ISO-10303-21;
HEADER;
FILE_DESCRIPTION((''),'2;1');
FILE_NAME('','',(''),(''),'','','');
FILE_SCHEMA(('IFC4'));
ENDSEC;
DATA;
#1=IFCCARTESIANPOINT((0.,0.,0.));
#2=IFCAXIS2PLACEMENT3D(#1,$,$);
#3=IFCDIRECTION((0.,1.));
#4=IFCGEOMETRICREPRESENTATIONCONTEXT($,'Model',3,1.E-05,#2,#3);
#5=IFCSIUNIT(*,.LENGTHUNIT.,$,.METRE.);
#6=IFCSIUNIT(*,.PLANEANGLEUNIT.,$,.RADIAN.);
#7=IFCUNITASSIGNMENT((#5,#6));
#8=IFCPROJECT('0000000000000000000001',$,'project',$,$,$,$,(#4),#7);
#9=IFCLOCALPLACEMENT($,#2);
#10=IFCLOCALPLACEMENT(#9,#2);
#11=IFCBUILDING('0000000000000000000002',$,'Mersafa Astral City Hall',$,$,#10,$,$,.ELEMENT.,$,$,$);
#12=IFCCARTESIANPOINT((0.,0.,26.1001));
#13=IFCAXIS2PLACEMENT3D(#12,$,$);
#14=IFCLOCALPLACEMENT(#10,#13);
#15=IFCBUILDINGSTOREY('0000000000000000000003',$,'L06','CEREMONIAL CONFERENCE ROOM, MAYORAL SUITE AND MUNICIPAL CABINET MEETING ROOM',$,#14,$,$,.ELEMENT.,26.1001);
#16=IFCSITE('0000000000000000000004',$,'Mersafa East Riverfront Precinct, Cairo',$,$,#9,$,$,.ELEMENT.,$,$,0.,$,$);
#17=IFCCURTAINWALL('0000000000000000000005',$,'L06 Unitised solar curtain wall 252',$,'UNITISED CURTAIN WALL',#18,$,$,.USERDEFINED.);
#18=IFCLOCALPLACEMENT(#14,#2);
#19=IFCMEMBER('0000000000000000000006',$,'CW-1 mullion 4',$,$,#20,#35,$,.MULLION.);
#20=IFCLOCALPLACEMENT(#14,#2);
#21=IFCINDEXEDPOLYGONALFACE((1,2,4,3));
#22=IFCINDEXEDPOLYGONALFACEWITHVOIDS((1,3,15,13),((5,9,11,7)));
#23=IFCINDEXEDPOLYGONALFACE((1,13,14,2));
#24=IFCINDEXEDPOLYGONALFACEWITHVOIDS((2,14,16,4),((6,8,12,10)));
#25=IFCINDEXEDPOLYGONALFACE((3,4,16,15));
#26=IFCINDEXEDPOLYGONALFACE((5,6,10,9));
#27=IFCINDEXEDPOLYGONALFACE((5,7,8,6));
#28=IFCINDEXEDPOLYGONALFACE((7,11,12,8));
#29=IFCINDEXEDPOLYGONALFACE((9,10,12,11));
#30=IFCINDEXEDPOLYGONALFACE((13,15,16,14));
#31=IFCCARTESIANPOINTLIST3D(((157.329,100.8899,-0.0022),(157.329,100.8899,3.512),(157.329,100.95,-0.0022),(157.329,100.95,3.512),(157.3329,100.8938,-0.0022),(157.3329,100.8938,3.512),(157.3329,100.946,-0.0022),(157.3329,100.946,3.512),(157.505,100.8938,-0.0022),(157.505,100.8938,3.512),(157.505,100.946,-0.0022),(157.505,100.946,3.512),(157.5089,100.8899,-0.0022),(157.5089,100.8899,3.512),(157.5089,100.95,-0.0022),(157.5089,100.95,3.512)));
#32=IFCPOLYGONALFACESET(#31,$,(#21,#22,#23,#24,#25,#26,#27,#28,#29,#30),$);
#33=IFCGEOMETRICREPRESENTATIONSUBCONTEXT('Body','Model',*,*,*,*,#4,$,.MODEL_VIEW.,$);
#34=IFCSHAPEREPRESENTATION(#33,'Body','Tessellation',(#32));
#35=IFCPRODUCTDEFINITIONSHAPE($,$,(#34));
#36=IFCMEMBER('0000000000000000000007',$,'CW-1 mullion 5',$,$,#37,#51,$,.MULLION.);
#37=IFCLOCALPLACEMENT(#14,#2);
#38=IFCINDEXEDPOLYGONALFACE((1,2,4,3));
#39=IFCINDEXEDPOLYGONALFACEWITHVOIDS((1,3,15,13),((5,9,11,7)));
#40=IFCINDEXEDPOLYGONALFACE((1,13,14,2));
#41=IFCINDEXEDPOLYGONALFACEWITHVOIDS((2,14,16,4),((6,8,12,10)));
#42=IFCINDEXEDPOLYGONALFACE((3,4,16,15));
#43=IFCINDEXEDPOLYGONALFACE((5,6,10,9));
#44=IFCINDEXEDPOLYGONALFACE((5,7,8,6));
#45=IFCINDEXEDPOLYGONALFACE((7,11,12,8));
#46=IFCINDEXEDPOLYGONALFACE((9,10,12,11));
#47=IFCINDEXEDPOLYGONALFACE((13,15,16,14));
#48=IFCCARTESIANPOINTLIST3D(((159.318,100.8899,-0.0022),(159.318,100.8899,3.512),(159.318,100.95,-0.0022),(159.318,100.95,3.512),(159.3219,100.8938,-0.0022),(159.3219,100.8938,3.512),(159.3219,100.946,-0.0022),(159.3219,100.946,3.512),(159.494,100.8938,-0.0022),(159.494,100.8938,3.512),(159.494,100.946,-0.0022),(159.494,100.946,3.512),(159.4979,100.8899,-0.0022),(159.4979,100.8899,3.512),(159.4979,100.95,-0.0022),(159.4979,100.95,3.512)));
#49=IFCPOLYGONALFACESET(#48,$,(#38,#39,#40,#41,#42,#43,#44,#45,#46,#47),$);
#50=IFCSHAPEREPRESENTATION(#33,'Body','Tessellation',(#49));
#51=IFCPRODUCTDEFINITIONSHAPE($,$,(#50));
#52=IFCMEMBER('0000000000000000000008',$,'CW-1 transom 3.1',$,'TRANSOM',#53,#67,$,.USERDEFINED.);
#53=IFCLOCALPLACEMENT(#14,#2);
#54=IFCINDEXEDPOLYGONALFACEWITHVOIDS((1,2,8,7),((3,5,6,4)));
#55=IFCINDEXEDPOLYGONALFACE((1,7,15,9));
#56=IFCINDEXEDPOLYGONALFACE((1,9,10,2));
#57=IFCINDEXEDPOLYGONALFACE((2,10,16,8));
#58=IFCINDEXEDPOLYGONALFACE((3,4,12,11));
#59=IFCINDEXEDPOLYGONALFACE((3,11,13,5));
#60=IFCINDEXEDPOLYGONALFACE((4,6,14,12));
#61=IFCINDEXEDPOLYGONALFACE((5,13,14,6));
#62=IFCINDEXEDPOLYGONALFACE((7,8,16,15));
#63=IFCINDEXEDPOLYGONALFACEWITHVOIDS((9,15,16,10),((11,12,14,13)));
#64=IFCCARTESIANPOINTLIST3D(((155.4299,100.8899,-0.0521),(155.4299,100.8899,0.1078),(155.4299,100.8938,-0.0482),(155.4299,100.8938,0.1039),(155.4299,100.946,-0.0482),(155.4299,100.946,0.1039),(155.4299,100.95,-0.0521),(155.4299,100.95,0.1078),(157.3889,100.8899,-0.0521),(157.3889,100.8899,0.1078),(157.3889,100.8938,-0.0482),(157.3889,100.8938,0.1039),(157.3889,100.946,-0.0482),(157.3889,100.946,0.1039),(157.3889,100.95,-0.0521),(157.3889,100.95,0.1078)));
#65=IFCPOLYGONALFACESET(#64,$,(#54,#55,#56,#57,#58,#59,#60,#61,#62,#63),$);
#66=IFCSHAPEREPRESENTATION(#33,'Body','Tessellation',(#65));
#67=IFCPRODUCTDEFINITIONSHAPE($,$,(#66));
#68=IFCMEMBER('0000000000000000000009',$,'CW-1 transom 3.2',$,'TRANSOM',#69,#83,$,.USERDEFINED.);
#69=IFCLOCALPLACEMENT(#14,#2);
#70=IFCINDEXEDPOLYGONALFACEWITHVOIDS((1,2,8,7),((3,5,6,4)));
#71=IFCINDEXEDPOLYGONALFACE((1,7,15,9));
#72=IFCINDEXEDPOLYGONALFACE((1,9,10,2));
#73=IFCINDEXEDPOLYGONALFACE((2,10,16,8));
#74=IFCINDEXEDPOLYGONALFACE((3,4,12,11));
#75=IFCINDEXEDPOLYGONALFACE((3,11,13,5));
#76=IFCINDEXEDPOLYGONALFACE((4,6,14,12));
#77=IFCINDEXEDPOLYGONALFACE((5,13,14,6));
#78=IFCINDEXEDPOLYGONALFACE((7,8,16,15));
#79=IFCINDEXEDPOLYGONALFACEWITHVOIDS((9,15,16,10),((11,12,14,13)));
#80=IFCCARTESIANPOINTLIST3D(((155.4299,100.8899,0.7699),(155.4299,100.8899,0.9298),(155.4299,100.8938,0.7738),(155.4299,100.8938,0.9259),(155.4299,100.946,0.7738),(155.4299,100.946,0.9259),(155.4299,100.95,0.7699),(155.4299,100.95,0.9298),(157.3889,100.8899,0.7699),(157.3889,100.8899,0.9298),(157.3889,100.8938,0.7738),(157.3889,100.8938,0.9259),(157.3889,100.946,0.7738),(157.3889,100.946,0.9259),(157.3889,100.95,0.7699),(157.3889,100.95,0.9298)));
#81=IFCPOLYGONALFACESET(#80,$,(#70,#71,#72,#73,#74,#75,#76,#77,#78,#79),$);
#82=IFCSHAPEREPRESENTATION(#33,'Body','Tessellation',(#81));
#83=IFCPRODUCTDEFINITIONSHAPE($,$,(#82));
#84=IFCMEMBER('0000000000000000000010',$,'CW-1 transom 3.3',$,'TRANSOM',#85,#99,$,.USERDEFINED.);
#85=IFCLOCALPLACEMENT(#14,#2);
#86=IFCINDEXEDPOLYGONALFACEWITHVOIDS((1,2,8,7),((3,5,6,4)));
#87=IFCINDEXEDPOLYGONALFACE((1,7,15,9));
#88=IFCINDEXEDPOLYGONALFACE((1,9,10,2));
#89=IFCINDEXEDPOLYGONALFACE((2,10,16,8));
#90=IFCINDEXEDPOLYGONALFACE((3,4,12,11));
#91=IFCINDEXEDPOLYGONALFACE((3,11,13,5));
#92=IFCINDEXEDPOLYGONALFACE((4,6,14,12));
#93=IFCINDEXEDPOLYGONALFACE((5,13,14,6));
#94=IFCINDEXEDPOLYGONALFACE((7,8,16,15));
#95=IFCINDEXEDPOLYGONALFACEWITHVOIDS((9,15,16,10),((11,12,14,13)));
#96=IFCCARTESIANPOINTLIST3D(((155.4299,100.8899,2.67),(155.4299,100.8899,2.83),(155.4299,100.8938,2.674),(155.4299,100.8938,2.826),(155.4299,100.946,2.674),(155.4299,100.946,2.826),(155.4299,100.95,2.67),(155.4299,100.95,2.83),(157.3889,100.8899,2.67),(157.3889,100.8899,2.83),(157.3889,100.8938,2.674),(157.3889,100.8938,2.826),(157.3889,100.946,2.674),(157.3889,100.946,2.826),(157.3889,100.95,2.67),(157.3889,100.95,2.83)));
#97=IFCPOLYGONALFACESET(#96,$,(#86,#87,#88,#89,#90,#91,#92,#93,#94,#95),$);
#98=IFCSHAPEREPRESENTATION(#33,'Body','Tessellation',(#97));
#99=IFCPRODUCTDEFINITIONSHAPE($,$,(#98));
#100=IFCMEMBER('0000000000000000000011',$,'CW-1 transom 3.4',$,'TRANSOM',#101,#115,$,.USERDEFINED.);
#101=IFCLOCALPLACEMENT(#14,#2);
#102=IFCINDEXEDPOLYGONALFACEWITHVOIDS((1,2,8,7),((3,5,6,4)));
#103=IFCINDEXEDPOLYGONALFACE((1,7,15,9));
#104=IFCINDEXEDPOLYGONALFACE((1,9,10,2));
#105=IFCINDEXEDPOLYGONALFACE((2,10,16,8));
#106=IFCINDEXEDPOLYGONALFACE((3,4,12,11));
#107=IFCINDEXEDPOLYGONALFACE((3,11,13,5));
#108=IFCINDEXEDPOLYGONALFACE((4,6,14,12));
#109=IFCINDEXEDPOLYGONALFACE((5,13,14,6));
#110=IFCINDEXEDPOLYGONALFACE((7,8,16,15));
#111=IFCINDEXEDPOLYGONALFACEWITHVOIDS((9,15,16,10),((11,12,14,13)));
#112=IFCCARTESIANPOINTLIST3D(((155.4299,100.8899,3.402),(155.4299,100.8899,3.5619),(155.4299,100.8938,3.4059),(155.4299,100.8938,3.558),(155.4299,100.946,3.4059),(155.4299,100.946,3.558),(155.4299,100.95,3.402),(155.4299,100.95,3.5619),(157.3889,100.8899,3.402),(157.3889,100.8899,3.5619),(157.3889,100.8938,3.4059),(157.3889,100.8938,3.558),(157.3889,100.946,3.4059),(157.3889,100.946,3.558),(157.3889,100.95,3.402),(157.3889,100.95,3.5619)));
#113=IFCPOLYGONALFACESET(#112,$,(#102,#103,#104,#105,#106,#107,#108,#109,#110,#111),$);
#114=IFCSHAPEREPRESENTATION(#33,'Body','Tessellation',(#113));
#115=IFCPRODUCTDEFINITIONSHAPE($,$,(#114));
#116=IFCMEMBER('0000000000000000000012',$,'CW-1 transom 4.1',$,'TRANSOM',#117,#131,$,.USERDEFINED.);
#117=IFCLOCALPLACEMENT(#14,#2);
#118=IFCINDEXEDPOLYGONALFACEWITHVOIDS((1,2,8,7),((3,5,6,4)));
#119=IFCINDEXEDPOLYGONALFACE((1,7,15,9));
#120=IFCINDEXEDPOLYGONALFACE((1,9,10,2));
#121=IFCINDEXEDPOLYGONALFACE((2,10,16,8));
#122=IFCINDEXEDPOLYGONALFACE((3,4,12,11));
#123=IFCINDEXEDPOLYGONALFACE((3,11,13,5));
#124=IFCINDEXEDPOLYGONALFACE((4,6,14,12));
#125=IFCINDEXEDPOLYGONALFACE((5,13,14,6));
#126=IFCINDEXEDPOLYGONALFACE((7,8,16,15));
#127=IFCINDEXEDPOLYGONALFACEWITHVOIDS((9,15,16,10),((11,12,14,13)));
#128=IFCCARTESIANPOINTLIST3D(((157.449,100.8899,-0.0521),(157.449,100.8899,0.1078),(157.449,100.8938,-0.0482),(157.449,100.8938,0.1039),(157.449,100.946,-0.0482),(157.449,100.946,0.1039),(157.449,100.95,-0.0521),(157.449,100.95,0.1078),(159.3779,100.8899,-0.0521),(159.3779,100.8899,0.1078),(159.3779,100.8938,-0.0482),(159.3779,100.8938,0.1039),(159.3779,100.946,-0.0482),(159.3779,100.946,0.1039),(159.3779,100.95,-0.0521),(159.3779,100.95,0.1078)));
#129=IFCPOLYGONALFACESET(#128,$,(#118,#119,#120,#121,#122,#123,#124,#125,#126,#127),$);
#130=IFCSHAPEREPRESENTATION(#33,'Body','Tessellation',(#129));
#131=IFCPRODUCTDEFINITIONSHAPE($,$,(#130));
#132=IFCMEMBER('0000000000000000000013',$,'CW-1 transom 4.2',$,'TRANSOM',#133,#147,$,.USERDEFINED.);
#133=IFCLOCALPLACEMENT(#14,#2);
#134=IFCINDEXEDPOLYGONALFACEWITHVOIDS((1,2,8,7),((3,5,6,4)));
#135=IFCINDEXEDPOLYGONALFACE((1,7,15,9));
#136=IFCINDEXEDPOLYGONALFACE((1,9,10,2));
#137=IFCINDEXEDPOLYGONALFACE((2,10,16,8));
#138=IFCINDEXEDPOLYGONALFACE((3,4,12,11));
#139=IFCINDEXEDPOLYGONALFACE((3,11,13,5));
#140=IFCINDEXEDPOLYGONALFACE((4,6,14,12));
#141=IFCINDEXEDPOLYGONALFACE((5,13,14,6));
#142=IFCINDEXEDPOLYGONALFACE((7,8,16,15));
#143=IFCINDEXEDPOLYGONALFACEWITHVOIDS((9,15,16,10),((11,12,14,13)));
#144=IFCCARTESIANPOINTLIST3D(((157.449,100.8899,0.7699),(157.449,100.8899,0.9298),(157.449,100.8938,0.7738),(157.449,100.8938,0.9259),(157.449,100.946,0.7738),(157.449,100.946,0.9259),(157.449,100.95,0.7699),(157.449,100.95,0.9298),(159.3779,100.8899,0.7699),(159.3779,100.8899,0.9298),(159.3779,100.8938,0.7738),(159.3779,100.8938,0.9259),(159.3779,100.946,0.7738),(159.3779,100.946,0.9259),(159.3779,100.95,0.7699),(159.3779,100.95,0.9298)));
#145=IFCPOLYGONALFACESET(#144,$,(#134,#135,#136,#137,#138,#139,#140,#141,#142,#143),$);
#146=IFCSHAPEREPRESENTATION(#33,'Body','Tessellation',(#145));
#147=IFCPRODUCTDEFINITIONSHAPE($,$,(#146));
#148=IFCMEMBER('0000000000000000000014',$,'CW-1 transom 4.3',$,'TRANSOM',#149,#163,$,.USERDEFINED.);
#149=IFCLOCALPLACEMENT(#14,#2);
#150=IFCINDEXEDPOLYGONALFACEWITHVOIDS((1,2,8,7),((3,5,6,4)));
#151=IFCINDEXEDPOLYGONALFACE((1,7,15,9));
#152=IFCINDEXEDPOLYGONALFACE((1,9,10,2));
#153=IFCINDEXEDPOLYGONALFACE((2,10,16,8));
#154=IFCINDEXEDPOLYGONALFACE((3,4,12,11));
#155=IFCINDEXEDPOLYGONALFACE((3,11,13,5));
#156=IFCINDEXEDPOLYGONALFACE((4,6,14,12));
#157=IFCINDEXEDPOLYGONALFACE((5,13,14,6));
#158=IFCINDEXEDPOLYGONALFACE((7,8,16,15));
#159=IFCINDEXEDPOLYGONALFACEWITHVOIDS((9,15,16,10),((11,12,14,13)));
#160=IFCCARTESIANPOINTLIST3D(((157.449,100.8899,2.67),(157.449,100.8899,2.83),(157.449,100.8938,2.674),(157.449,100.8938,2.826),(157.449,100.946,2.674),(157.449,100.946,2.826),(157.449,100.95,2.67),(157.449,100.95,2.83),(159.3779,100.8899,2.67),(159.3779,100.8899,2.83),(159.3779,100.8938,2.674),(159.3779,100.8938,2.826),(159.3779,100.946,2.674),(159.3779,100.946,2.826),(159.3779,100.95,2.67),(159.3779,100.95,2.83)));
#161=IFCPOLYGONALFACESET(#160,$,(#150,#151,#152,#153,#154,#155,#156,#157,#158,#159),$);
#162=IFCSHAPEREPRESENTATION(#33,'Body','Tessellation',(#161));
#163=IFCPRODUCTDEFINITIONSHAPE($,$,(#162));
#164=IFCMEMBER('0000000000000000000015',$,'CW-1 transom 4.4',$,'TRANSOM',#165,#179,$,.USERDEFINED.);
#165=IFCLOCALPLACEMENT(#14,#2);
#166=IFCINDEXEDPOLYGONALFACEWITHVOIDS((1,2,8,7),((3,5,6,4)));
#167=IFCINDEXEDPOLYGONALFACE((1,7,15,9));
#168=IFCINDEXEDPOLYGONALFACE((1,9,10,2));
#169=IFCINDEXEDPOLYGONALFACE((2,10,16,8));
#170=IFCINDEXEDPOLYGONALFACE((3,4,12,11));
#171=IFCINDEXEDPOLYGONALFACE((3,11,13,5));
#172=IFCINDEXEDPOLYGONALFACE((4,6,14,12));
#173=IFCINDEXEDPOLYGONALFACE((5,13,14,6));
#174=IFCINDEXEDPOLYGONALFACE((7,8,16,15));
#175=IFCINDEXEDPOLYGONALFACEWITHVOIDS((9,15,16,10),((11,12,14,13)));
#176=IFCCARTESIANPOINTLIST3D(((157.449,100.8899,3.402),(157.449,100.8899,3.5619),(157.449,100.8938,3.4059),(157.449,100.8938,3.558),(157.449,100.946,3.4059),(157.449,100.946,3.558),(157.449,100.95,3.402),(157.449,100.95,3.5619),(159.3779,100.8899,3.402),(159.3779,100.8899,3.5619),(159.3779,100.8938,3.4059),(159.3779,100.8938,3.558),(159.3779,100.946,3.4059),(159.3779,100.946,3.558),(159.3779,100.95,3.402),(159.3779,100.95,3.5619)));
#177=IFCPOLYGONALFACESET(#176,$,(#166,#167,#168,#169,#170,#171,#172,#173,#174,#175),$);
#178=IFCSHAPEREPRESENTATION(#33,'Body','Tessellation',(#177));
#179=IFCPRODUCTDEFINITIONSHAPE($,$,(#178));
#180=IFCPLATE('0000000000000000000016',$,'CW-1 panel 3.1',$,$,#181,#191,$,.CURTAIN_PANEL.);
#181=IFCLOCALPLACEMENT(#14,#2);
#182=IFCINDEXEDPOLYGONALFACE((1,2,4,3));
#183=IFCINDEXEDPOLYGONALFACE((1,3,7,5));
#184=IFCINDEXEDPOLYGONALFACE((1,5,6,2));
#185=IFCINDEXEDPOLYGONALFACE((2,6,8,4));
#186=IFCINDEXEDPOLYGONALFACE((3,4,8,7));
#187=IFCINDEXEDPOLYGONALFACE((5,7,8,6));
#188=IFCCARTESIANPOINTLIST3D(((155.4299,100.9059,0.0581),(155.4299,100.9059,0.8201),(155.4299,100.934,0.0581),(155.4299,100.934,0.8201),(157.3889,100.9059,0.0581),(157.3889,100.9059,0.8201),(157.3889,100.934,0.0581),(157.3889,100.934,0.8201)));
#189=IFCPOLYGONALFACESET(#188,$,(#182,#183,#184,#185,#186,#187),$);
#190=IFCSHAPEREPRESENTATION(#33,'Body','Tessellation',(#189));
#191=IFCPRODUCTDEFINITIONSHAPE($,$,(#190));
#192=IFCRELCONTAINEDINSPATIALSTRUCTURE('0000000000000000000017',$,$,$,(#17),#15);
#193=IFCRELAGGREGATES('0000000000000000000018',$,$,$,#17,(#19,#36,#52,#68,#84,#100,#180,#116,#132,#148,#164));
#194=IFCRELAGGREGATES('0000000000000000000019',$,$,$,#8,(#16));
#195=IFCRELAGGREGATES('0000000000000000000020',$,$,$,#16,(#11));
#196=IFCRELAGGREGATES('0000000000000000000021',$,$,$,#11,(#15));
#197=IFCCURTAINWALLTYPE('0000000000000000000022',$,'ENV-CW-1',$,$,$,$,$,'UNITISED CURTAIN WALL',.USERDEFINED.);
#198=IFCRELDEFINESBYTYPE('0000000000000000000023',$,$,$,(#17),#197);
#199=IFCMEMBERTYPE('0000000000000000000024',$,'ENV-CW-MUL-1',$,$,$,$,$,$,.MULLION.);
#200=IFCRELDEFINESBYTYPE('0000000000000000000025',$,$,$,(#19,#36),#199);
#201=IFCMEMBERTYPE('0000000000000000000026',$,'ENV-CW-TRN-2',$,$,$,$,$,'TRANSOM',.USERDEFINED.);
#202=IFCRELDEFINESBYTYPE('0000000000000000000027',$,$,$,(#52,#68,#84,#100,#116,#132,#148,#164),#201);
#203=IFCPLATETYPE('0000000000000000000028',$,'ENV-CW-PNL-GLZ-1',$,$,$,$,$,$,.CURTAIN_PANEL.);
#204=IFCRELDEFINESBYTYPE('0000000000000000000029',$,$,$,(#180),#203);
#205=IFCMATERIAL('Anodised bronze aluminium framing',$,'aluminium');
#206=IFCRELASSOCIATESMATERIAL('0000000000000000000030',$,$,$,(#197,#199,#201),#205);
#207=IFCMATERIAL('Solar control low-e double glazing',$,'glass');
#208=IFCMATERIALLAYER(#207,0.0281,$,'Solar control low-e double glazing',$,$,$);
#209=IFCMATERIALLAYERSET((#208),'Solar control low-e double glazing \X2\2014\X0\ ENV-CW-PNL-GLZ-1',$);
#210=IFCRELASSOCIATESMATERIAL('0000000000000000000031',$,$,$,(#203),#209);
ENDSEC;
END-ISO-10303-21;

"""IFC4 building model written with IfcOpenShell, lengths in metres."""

from ifc_helpers import new_model, si_unit, direction, frame, origin, origin_2d, place, context, subcontext, project, spatial, rectangle, hollow_rectangle, extrude, material, layer, layer_set, material_profile, profile_set, type_object, element, aggregate, save


model = new_model("IFC4")

# Units and contexts
model_context = context("Model", 3, precision=1e-05, world=origin(), true_north=direction((0.0, 1.0)))
body_context = subcontext(model_context, "Body", "Model", "MODEL_VIEW")
ifc_project = project(units=[si_unit("LENGTHUNIT", "METRE"), si_unit("PLANEANGLEUNIT", "RADIAN")], contexts=[model_context])

# Site, building, storey
site_placement = place(None, origin())
site = spatial("IfcSite", under=ifc_project, at=site_placement, Name="Mersafa East Riverfront Precinct, Cairo", CompositionType="ELEMENT", RefElevation=0.0)
building_placement = place(site_placement, origin())
building = spatial("IfcBuilding", under=site, at=building_placement, Name="Mersafa Astral City Hall", CompositionType="ELEMENT")
storey_placement = place(building_placement, frame((0.0, 0.0, 26.1001)))
storey = spatial("IfcBuildingStorey", under=building, at=storey_placement, Name="L06", Description="CEREMONIAL CONFERENCE ROOM, MAYORAL SUITE AND MUNICIPAL CABINET MEETING ROOM", CompositionType="ELEMENT", Elevation=26.1001)

# Curtain wall, members, plate
ifc_material_1 = material(Name="Anodised bronze aluminium framing", Category="aluminium")
curtain_wall_type = type_object("IfcCurtainWallType", Name="ENV-CW-1", ElementType="UNITISED CURTAIN WALL", PredefinedType="USERDEFINED", material=ifc_material_1)
curtain_wall_placement = place(storey_placement, origin())
curtain_wall = element("IfcCurtainWall", 1, at=curtain_wall_placement, inside=storey, type_object=curtain_wall_type, Name="L06 Unitised solar curtain wall 252", ObjectType="UNITISED CURTAIN WALL", PredefinedType="USERDEFINED")
ifc_material_profile_1 = material_profile(ifc_material_1, hollow_rectangle(XDim=0.0601, YDim=0.1799, WallThickness=0.0039, at=origin_2d()), Name="RHS 60x180x4")
ifc_profile_set_1 = profile_set([ifc_material_profile_1], Name="Anodised bronze aluminium framing")
member_type_1 = type_object("IfcMemberType", Name="ENV-CW-MUL-1", PredefinedType="MULLION", material=ifc_profile_set_1)
member_1_placement = place(storey_placement, frame((157.4189, 100.9199, -0.0022), z_axis=(0.0, 0.0, 1.0), x_axis=(0.0, 1.0, 0.0)))
member_1 = element("IfcMember", 2, at=member_1_placement, type_object=member_type_1, Name="CW-1 mullion 4", PredefinedType="MULLION", context=body_context, shape_type="SweptSolid", body=[
    extrude(hollow_rectangle(XDim=0.0601, YDim=0.1799, WallThickness=0.0039, at=origin_2d()), origin(), (0.0, 0.0, 1.0), 3.5142),
])
member_2_placement = place(storey_placement, frame((159.408, 100.9199, -0.0022), z_axis=(0.0, 0.0, 1.0), x_axis=(0.0, 1.0, 0.0)))
member_2 = element("IfcMember", 3, at=member_2_placement, type_object=member_type_1, Name="CW-1 mullion 5", PredefinedType="MULLION", context=body_context, shape_type="SweptSolid", body=[
    extrude(hollow_rectangle(XDim=0.0601, YDim=0.1799, WallThickness=0.0039, at=origin_2d()), origin(), (0.0, 0.0, 1.0), 3.5142),
])
ifc_material_profile_2 = material_profile(ifc_material_1, hollow_rectangle(XDim=0.0601, YDim=0.1599, WallThickness=0.0039, at=origin_2d()), Name="RHS 60x160x4")
ifc_profile_set_2 = profile_set([ifc_material_profile_2], Name="Anodised bronze aluminium framing")
member_type_2 = type_object("IfcMemberType", Name="ENV-CW-TRN-2", ElementType="TRANSOM", PredefinedType="USERDEFINED", material=ifc_profile_set_2)
member_3_placement = place(storey_placement, frame((155.4299, 100.9199, 0.0278), z_axis=(1.0, 0.0, 0.0), x_axis=(0.0, 1.0, 0.0)))
member_3 = element("IfcMember", 4, at=member_3_placement, type_object=member_type_2, Name="CW-1 transom 3.1", ObjectType="TRANSOM", PredefinedType="USERDEFINED", context=body_context, shape_type="SweptSolid", body=[
    extrude(hollow_rectangle(XDim=0.0601, YDim=0.1599, WallThickness=0.0039, at=origin_2d()), origin(), (0.0, 0.0, 1.0), 1.959),
])
member_4_placement = place(storey_placement, frame((155.4299, 100.9199, 0.8499), z_axis=(1.0, 0.0, 0.0), x_axis=(0.0, 1.0, 0.0)))
member_4 = element("IfcMember", 5, at=member_4_placement, type_object=member_type_2, Name="CW-1 transom 3.2", ObjectType="TRANSOM", PredefinedType="USERDEFINED", context=body_context, shape_type="SweptSolid", body=[
    extrude(hollow_rectangle(XDim=0.0601, YDim=0.1599, WallThickness=0.0039, at=origin_2d()), origin(), (0.0, 0.0, 1.0), 1.959),
])
member_5_placement = place(storey_placement, frame((155.4299, 100.9199, 2.75), z_axis=(1.0, 0.0, 0.0), x_axis=(0.0, 1.0, 0.0)))
member_5 = element("IfcMember", 6, at=member_5_placement, type_object=member_type_2, Name="CW-1 transom 3.3", ObjectType="TRANSOM", PredefinedType="USERDEFINED", context=body_context, shape_type="SweptSolid", body=[
    extrude(hollow_rectangle(XDim=0.0601, YDim=0.1599, WallThickness=0.0039, at=origin_2d()), origin(), (0.0, 0.0, 1.0), 1.959),
])
member_6_placement = place(storey_placement, frame((155.4299, 100.9199, 3.4819), z_axis=(1.0, 0.0, 0.0), x_axis=(0.0, 1.0, 0.0)))
member_6 = element("IfcMember", 7, at=member_6_placement, type_object=member_type_2, Name="CW-1 transom 3.4", ObjectType="TRANSOM", PredefinedType="USERDEFINED", context=body_context, shape_type="SweptSolid", body=[
    extrude(hollow_rectangle(XDim=0.0601, YDim=0.1599, WallThickness=0.0039, at=origin_2d()), origin(), (0.0, 0.0, 1.0), 1.959),
])
member_7_placement = place(storey_placement, frame((157.449, 100.9199, 0.0278), z_axis=(1.0, 0.0, 0.0), x_axis=(0.0, 1.0, 0.0)))
member_7 = element("IfcMember", 8, at=member_7_placement, type_object=member_type_2, Name="CW-1 transom 4.1", ObjectType="TRANSOM", PredefinedType="USERDEFINED", context=body_context, shape_type="SweptSolid", body=[
    extrude(hollow_rectangle(XDim=0.0601, YDim=0.1599, WallThickness=0.0039, at=origin_2d()), origin(), (0.0, 0.0, 1.0), 1.929),
])
member_8_placement = place(storey_placement, frame((157.449, 100.9199, 0.8499), z_axis=(1.0, 0.0, 0.0), x_axis=(0.0, 1.0, 0.0)))
member_8 = element("IfcMember", 9, at=member_8_placement, type_object=member_type_2, Name="CW-1 transom 4.2", ObjectType="TRANSOM", PredefinedType="USERDEFINED", context=body_context, shape_type="SweptSolid", body=[
    extrude(hollow_rectangle(XDim=0.0601, YDim=0.1599, WallThickness=0.0039, at=origin_2d()), origin(), (0.0, 0.0, 1.0), 1.929),
])
member_9_placement = place(storey_placement, frame((157.449, 100.9199, 2.75), z_axis=(1.0, 0.0, 0.0), x_axis=(0.0, 1.0, 0.0)))
member_9 = element("IfcMember", 10, at=member_9_placement, type_object=member_type_2, Name="CW-1 transom 4.3", ObjectType="TRANSOM", PredefinedType="USERDEFINED", context=body_context, shape_type="SweptSolid", body=[
    extrude(hollow_rectangle(XDim=0.0601, YDim=0.1599, WallThickness=0.0039, at=origin_2d()), origin(), (0.0, 0.0, 1.0), 1.929),
])
member_10_placement = place(storey_placement, frame((157.449, 100.9199, 3.4819), z_axis=(1.0, 0.0, 0.0), x_axis=(0.0, 1.0, 0.0)))
member_10 = element("IfcMember", 11, at=member_10_placement, type_object=member_type_2, Name="CW-1 transom 4.4", ObjectType="TRANSOM", PredefinedType="USERDEFINED", context=body_context, shape_type="SweptSolid", body=[
    extrude(hollow_rectangle(XDim=0.0601, YDim=0.1599, WallThickness=0.0039, at=origin_2d()), origin(), (0.0, 0.0, 1.0), 1.929),
])
ifc_material_2 = material(Name="Solar control low-e double glazing", Category="glass")
ifc_layer_1 = layer(ifc_material_2, 0.0281, Name="Solar control low-e double glazing")
ifc_layer_set_1 = layer_set([ifc_layer_1], Name="Solar control low-e double glazing — ENV-CW-PNL-GLZ-1")
plate_type = type_object("IfcPlateType", Name="ENV-CW-PNL-GLZ-1", PredefinedType="CURTAIN_PANEL", material=ifc_layer_set_1)
plate_1_placement = place(storey_placement, frame((156.4094, 100.9199, 0.0581), z_axis=(0.0, 0.0, 1.0), x_axis=(1.0, 0.0, 0.0)))
plate_1 = element("IfcPlate", 12, at=plate_1_placement, type_object=plate_type, Name="CW-1 panel 3.1", PredefinedType="CURTAIN_PANEL", context=body_context, shape_type="SweptSolid", body=[
    extrude(rectangle(XDim=1.959, YDim=0.0281, at=origin_2d()), origin(), (0.0, 0.0, 1.0), 0.762),
])
aggregate(curtain_wall, [member_1, member_2, member_3, member_4, member_5, member_6, plate_1, member_7, member_8, member_9, member_10])

save(model, "model.ifc")
